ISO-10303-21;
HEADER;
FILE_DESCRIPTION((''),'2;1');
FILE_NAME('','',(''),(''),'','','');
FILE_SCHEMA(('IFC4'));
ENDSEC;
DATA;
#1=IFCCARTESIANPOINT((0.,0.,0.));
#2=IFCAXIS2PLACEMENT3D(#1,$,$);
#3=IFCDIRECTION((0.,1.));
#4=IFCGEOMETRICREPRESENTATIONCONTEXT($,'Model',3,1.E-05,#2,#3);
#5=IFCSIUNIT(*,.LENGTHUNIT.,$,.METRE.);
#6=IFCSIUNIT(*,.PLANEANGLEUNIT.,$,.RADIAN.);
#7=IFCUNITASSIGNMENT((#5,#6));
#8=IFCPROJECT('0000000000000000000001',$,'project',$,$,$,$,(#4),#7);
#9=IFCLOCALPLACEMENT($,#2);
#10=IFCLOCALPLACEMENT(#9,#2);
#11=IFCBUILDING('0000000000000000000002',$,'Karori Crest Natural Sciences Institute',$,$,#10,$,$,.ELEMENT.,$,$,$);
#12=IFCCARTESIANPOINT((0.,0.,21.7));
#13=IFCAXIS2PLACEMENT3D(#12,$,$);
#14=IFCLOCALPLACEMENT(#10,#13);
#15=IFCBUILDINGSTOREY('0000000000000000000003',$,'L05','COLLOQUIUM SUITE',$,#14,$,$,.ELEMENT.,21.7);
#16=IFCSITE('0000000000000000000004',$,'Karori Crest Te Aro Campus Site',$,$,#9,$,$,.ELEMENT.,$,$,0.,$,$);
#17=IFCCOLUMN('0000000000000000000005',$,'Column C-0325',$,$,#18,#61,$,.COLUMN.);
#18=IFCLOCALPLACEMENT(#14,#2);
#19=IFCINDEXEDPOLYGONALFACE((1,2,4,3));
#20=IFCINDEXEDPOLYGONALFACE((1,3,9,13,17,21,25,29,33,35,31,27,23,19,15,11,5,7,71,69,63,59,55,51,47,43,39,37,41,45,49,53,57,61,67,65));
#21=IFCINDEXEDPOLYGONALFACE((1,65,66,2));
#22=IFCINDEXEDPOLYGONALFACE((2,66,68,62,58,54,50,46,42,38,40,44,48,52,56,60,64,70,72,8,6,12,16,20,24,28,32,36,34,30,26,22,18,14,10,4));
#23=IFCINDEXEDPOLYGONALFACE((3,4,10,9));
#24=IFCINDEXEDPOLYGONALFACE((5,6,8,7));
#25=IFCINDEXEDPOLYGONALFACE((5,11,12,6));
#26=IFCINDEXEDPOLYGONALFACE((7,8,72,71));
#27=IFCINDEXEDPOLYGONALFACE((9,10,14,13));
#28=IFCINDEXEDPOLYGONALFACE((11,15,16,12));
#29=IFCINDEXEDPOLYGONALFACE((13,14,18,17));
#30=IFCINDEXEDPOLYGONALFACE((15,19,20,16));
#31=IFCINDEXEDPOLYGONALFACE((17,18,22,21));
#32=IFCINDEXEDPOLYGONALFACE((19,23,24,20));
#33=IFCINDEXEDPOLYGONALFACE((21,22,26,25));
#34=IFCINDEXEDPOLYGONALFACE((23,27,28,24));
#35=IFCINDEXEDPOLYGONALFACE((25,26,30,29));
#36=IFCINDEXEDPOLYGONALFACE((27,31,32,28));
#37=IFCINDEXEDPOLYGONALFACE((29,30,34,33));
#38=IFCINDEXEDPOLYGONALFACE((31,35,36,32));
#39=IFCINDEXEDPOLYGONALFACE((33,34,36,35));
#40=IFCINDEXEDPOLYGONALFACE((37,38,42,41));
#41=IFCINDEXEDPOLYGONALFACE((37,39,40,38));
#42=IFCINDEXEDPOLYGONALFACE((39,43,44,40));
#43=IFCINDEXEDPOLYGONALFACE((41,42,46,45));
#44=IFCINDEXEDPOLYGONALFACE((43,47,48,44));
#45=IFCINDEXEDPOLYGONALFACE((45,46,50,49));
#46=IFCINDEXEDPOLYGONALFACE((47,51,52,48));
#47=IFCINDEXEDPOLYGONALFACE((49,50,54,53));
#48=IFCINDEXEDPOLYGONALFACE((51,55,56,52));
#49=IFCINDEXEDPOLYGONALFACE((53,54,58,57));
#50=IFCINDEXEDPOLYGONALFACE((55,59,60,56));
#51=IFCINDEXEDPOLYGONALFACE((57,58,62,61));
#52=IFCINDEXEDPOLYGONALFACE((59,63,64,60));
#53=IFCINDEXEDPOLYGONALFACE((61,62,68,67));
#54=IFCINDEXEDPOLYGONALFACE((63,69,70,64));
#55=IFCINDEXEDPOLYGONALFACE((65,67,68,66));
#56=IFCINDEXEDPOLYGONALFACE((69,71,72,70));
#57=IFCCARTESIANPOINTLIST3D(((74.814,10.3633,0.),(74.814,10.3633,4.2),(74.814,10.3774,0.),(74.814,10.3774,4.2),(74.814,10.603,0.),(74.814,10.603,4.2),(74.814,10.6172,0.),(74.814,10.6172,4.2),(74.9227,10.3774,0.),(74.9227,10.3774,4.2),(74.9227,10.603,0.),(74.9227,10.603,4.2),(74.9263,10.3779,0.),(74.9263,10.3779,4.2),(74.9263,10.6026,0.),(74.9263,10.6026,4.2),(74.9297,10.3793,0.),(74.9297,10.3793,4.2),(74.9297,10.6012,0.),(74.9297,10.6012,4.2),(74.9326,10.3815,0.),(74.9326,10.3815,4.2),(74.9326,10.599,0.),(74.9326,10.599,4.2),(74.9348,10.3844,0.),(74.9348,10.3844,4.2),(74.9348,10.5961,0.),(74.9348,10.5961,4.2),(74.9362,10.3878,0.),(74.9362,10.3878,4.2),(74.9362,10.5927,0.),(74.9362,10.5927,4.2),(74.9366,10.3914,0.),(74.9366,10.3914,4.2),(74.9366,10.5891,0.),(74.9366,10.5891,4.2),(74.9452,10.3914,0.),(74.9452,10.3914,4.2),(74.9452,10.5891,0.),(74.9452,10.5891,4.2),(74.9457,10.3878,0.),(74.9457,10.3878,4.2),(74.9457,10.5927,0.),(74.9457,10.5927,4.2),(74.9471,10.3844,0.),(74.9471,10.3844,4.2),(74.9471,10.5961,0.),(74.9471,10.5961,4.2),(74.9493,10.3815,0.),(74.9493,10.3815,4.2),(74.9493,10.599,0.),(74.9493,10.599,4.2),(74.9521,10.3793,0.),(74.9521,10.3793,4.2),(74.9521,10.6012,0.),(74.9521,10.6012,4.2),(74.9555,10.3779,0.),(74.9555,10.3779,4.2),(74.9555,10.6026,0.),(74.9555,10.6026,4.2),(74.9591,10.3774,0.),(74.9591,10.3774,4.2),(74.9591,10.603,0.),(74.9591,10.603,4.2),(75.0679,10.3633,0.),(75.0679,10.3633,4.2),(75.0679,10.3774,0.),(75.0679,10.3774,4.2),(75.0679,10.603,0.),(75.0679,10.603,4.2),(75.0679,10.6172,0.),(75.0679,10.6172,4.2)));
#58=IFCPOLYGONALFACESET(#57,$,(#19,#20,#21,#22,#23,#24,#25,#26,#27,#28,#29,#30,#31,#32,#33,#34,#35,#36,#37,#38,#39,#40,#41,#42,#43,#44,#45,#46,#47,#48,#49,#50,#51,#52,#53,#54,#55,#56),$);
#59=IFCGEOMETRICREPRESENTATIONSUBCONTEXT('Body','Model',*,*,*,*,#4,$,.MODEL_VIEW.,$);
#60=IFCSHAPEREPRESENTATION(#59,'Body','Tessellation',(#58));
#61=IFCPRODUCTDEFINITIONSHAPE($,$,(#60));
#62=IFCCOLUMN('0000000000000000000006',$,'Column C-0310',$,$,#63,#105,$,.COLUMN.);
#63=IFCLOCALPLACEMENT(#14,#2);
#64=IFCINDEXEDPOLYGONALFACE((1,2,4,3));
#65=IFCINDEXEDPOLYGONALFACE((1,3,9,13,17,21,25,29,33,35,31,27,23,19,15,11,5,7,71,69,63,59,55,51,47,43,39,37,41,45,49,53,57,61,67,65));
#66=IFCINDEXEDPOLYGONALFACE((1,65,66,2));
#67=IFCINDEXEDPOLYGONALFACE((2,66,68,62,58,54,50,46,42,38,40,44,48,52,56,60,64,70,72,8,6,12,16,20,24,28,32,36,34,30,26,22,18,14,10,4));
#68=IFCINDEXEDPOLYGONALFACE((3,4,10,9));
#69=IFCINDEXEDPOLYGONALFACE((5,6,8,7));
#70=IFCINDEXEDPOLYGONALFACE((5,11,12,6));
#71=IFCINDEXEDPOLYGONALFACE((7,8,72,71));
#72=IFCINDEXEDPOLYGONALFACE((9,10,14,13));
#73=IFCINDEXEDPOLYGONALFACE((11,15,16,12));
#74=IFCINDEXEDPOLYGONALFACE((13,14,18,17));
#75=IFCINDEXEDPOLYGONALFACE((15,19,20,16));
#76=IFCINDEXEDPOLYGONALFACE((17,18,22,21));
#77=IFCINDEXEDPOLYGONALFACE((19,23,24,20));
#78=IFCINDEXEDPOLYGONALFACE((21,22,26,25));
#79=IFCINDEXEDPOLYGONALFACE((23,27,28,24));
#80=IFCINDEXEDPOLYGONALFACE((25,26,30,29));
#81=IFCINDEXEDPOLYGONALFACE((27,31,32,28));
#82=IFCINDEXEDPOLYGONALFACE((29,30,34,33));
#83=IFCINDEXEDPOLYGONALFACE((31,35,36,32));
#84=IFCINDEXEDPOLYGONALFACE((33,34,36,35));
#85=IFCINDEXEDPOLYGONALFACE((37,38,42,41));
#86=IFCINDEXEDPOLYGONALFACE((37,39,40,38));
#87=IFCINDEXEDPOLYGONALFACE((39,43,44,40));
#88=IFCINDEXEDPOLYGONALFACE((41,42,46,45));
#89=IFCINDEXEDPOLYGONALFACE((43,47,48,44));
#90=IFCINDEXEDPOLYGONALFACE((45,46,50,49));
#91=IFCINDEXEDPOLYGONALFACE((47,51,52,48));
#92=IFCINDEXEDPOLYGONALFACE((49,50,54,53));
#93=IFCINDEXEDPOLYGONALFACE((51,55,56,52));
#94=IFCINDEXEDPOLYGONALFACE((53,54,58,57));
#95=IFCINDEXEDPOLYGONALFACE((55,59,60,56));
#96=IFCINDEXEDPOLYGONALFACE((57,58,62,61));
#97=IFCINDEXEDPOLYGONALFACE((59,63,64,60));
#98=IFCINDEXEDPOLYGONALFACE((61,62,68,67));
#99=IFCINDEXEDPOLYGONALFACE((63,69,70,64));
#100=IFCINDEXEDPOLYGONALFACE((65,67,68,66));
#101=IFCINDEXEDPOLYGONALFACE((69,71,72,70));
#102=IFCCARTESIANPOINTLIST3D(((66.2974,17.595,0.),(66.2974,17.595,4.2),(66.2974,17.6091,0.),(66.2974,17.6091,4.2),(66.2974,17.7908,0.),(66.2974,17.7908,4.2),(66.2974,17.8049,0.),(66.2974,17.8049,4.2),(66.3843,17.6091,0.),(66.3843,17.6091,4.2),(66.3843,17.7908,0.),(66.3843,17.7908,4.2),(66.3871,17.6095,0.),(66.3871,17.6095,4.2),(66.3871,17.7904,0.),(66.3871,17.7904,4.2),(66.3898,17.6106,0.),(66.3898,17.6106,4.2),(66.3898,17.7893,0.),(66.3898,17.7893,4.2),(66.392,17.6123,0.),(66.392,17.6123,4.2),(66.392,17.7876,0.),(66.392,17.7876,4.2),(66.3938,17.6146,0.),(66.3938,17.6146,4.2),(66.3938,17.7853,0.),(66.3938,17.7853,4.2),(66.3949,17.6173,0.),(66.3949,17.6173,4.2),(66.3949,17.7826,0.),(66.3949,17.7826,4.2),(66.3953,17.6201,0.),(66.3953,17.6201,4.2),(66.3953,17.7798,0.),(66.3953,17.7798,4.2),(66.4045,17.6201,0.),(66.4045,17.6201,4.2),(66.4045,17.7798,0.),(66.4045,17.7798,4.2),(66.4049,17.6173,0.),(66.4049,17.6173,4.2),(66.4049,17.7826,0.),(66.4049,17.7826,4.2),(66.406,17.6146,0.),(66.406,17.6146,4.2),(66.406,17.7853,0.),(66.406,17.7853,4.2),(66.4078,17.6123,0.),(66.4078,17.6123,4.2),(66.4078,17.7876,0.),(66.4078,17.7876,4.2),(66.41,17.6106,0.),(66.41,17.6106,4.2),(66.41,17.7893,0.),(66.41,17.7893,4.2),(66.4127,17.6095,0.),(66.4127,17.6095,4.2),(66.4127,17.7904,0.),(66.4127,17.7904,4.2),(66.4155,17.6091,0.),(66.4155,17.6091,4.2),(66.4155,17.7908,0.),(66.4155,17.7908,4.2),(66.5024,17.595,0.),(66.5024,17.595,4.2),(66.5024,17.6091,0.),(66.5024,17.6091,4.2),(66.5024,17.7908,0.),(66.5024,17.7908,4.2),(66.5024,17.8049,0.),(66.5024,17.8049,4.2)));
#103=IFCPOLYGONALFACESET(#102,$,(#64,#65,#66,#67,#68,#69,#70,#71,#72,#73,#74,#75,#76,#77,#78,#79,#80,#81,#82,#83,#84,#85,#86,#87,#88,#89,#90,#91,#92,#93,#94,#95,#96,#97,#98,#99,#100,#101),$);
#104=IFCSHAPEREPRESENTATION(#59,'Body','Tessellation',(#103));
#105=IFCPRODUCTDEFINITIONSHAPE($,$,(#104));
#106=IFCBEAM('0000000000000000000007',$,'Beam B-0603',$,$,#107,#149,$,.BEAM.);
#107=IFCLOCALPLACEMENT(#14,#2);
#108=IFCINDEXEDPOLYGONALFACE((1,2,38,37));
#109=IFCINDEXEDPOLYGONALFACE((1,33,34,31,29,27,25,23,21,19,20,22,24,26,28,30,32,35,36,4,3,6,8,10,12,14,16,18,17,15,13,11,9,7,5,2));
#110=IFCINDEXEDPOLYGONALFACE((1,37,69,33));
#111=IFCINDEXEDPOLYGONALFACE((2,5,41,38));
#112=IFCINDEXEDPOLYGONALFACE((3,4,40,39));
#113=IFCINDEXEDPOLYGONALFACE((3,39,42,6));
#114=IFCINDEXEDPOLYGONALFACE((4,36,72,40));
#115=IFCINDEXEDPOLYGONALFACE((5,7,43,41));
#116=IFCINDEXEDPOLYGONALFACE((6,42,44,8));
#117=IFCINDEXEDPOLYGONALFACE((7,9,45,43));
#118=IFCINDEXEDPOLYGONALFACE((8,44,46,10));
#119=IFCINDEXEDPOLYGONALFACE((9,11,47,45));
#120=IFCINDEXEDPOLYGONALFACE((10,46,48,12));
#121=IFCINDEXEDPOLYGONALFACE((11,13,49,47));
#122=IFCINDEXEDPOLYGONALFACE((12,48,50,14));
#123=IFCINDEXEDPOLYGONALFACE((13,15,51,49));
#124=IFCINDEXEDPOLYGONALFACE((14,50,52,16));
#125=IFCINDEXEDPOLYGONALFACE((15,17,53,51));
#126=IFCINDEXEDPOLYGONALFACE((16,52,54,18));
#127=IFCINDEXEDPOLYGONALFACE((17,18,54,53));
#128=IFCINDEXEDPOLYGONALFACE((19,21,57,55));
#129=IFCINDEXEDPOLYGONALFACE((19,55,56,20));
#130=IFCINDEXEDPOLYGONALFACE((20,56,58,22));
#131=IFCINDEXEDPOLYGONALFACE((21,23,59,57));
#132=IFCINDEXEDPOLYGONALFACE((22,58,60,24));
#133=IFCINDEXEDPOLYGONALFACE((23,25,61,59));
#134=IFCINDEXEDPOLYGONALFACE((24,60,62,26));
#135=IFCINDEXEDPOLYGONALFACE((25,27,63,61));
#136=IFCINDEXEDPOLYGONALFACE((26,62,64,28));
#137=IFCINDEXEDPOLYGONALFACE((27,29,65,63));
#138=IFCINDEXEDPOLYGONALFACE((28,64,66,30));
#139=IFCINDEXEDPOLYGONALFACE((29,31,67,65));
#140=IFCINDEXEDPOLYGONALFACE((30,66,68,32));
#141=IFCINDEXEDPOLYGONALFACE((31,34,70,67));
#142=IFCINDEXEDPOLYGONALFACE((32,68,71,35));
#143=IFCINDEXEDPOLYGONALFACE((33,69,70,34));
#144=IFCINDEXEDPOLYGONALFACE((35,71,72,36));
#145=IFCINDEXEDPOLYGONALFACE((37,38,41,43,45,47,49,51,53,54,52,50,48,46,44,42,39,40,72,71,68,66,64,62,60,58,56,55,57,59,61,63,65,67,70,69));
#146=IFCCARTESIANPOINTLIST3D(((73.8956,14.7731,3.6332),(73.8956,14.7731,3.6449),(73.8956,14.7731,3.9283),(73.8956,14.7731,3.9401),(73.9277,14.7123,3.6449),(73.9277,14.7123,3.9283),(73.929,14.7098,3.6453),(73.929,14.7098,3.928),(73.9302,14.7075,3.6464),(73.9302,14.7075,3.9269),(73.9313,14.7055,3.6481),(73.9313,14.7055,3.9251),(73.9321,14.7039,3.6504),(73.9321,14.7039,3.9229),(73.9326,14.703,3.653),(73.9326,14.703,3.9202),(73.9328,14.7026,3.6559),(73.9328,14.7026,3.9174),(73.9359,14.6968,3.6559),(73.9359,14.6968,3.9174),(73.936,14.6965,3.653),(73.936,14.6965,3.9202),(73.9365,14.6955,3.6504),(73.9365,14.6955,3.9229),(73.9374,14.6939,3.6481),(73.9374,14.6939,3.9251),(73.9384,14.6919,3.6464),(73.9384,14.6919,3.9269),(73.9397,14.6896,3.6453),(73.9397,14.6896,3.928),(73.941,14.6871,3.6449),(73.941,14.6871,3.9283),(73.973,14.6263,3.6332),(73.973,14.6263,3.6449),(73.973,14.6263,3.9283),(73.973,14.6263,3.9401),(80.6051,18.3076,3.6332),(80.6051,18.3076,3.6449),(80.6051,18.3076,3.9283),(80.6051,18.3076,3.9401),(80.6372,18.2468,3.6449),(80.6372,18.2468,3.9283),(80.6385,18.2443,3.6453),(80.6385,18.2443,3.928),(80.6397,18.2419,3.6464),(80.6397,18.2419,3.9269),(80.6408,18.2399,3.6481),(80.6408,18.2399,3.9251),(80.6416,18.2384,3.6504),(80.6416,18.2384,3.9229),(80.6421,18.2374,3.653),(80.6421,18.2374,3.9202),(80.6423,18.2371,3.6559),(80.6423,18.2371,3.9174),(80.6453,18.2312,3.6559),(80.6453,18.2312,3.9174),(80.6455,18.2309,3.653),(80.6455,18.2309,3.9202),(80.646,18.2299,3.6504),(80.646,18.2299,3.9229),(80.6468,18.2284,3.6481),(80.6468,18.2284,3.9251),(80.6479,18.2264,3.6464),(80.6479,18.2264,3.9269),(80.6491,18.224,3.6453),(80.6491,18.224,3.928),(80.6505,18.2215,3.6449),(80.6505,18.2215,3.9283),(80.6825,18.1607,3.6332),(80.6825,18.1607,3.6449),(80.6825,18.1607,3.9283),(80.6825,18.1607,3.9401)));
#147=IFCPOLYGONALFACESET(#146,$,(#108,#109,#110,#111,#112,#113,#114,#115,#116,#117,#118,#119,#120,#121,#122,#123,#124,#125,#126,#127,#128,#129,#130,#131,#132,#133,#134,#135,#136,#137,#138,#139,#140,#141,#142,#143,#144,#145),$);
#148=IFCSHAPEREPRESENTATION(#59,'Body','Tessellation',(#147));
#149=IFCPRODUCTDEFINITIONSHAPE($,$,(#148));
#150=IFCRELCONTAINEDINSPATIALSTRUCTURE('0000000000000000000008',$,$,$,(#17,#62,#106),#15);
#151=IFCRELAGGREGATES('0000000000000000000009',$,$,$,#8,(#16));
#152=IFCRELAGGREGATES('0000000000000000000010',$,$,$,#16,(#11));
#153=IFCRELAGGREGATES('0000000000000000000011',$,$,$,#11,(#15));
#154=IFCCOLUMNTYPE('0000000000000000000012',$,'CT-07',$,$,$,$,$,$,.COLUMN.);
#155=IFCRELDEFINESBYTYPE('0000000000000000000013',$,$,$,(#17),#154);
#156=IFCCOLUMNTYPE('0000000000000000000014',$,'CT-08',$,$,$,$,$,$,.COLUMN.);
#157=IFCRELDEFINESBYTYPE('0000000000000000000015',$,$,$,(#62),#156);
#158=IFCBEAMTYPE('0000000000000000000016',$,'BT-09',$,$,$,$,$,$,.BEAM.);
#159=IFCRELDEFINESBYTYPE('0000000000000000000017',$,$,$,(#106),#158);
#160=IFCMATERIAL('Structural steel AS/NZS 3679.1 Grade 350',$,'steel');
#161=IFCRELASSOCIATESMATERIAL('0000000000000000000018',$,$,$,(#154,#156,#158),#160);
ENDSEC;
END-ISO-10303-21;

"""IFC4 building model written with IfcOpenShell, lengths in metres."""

from ifc_helpers import new_model, si_unit, direction, frame, origin, origin_2d, place, context, subcontext, project, spatial, i_section, extrude, material, material_profile, profile_set, type_object, element, save


model = new_model("IFC4")

# Units and contexts
model_context = context("Model", 3, precision=1e-05, world=origin(), true_north=direction((0.0, 1.0)))
body_context = subcontext(model_context, "Body", "Model", "MODEL_VIEW")
ifc_project = project(units=[si_unit("LENGTHUNIT", "METRE"), si_unit("PLANEANGLEUNIT", "RADIAN")], contexts=[model_context])

# Site, building, storey
site_placement = place(None, origin())
site = spatial("IfcSite", under=ifc_project, at=site_placement, Name="Karori Crest Te Aro Campus Site", CompositionType="ELEMENT", RefElevation=0.0)
building_placement = place(site_placement, origin())
building = spatial("IfcBuilding", under=site, at=building_placement, Name="Karori Crest Natural Sciences Institute", CompositionType="ELEMENT")
storey_placement = place(building_placement, frame((0.0, 0.0, 21.7)))
storey = spatial("IfcBuildingStorey", under=building, at=storey_placement, Name="L05", Description="COLLOQUIUM SUITE", CompositionType="ELEMENT", Elevation=21.7)

# Columns
ifc_material_1 = material(Name="Structural steel AS/NZS 3679.1 Grade 350", Category="steel")
ifc_material_profile_1 = material_profile(ifc_material_1, i_section(OverallWidth=0.2539, OverallDepth=0.2539, WebThickness=0.0085, FlangeThickness=0.0142, FilletRadius=0.0139, at=origin_2d()), Name="250UC72.9")
ifc_profile_set_1 = profile_set([ifc_material_profile_1], Name="Structural steel AS/NZS 3679.1 Grade 350")
column_type_1 = type_object("IfcColumnType", Name="CT-07", PredefinedType="COLUMN", material=ifc_profile_set_1)
column_1_placement = place(storey_placement, frame((74.9409, 10.4902, 0.0), z_axis=(0.0, 0.0, 1.0), x_axis=(1.0, 0.0, 0.0)))
element("IfcColumn", 1, at=column_1_placement, inside=storey, type_object=column_type_1, Name="Column C-0325", PredefinedType="COLUMN", context=body_context, shape_type="SweptSolid", body=[
    extrude(i_section(OverallWidth=0.2539, OverallDepth=0.2539, WebThickness=0.0085, FlangeThickness=0.0142, FilletRadius=0.0139, at=origin_2d()), origin(), (0.0, 0.0, 1.0), 4.2),
])
ifc_material_profile_2 = material_profile(ifc_material_1, i_section(OverallWidth=0.2051, OverallDepth=0.21, WebThickness=0.0093, FlangeThickness=0.0142, FilletRadius=0.011, at=origin_2d()), Name="200UC59.5")
ifc_profile_set_2 = profile_set([ifc_material_profile_2], Name="Structural steel AS/NZS 3679.1 Grade 350")
column_type_2 = type_object("IfcColumnType", Name="CT-08", PredefinedType="COLUMN", material=ifc_profile_set_2)
column_2_placement = place(storey_placement, frame((66.3999, 17.7, 0.0), z_axis=(0.0, 0.0, 1.0), x_axis=(1.0, 0.0, 0.0)))
element("IfcColumn", 2, at=column_2_placement, inside=storey, type_object=column_type_2, Name="Column C-0310", PredefinedType="COLUMN", context=body_context, shape_type="SweptSolid", body=[
    extrude(i_section(OverallWidth=0.2051, OverallDepth=0.21, WebThickness=0.0093, FlangeThickness=0.0142, FilletRadius=0.011, at=origin_2d()), origin(), (0.0, 0.0, 1.0), 4.2),
])

# Beam
ifc_material_profile_3 = material_profile(ifc_material_1, i_section(OverallWidth=0.166, OverallDepth=0.3069, WebThickness=0.0066, FlangeThickness=0.0117, FilletRadius=0.011, at=origin_2d()), Name="310UB46.2")
ifc_profile_set_3 = profile_set([ifc_material_profile_3], Name="Structural steel AS/NZS 3679.1 Grade 350")
beam_type_1 = type_object("IfcBeamType", Name="BT-09", PredefinedType="BEAM", material=ifc_profile_set_3)
beam_1_placement = place(storey_placement, frame((73.9343, 14.6997, 3.7866), z_axis=(0.884748, 0.466069, 0.0), x_axis=(-0.466069, 0.884748, 0.0)))
element("IfcBeam", 3, at=beam_1_placement, inside=storey, type_object=beam_type_1, Name="Beam B-0603", PredefinedType="BEAM", context=body_context, shape_type="SweptSolid", body=[
    extrude(i_section(OverallWidth=0.166, OverallDepth=0.3069, WebThickness=0.0066, FlangeThickness=0.0117, FilletRadius=0.011, at=origin_2d()), origin(), (0.0, 0.0, 1.0), 7.5835),
])

save(model, "model.ifc")
